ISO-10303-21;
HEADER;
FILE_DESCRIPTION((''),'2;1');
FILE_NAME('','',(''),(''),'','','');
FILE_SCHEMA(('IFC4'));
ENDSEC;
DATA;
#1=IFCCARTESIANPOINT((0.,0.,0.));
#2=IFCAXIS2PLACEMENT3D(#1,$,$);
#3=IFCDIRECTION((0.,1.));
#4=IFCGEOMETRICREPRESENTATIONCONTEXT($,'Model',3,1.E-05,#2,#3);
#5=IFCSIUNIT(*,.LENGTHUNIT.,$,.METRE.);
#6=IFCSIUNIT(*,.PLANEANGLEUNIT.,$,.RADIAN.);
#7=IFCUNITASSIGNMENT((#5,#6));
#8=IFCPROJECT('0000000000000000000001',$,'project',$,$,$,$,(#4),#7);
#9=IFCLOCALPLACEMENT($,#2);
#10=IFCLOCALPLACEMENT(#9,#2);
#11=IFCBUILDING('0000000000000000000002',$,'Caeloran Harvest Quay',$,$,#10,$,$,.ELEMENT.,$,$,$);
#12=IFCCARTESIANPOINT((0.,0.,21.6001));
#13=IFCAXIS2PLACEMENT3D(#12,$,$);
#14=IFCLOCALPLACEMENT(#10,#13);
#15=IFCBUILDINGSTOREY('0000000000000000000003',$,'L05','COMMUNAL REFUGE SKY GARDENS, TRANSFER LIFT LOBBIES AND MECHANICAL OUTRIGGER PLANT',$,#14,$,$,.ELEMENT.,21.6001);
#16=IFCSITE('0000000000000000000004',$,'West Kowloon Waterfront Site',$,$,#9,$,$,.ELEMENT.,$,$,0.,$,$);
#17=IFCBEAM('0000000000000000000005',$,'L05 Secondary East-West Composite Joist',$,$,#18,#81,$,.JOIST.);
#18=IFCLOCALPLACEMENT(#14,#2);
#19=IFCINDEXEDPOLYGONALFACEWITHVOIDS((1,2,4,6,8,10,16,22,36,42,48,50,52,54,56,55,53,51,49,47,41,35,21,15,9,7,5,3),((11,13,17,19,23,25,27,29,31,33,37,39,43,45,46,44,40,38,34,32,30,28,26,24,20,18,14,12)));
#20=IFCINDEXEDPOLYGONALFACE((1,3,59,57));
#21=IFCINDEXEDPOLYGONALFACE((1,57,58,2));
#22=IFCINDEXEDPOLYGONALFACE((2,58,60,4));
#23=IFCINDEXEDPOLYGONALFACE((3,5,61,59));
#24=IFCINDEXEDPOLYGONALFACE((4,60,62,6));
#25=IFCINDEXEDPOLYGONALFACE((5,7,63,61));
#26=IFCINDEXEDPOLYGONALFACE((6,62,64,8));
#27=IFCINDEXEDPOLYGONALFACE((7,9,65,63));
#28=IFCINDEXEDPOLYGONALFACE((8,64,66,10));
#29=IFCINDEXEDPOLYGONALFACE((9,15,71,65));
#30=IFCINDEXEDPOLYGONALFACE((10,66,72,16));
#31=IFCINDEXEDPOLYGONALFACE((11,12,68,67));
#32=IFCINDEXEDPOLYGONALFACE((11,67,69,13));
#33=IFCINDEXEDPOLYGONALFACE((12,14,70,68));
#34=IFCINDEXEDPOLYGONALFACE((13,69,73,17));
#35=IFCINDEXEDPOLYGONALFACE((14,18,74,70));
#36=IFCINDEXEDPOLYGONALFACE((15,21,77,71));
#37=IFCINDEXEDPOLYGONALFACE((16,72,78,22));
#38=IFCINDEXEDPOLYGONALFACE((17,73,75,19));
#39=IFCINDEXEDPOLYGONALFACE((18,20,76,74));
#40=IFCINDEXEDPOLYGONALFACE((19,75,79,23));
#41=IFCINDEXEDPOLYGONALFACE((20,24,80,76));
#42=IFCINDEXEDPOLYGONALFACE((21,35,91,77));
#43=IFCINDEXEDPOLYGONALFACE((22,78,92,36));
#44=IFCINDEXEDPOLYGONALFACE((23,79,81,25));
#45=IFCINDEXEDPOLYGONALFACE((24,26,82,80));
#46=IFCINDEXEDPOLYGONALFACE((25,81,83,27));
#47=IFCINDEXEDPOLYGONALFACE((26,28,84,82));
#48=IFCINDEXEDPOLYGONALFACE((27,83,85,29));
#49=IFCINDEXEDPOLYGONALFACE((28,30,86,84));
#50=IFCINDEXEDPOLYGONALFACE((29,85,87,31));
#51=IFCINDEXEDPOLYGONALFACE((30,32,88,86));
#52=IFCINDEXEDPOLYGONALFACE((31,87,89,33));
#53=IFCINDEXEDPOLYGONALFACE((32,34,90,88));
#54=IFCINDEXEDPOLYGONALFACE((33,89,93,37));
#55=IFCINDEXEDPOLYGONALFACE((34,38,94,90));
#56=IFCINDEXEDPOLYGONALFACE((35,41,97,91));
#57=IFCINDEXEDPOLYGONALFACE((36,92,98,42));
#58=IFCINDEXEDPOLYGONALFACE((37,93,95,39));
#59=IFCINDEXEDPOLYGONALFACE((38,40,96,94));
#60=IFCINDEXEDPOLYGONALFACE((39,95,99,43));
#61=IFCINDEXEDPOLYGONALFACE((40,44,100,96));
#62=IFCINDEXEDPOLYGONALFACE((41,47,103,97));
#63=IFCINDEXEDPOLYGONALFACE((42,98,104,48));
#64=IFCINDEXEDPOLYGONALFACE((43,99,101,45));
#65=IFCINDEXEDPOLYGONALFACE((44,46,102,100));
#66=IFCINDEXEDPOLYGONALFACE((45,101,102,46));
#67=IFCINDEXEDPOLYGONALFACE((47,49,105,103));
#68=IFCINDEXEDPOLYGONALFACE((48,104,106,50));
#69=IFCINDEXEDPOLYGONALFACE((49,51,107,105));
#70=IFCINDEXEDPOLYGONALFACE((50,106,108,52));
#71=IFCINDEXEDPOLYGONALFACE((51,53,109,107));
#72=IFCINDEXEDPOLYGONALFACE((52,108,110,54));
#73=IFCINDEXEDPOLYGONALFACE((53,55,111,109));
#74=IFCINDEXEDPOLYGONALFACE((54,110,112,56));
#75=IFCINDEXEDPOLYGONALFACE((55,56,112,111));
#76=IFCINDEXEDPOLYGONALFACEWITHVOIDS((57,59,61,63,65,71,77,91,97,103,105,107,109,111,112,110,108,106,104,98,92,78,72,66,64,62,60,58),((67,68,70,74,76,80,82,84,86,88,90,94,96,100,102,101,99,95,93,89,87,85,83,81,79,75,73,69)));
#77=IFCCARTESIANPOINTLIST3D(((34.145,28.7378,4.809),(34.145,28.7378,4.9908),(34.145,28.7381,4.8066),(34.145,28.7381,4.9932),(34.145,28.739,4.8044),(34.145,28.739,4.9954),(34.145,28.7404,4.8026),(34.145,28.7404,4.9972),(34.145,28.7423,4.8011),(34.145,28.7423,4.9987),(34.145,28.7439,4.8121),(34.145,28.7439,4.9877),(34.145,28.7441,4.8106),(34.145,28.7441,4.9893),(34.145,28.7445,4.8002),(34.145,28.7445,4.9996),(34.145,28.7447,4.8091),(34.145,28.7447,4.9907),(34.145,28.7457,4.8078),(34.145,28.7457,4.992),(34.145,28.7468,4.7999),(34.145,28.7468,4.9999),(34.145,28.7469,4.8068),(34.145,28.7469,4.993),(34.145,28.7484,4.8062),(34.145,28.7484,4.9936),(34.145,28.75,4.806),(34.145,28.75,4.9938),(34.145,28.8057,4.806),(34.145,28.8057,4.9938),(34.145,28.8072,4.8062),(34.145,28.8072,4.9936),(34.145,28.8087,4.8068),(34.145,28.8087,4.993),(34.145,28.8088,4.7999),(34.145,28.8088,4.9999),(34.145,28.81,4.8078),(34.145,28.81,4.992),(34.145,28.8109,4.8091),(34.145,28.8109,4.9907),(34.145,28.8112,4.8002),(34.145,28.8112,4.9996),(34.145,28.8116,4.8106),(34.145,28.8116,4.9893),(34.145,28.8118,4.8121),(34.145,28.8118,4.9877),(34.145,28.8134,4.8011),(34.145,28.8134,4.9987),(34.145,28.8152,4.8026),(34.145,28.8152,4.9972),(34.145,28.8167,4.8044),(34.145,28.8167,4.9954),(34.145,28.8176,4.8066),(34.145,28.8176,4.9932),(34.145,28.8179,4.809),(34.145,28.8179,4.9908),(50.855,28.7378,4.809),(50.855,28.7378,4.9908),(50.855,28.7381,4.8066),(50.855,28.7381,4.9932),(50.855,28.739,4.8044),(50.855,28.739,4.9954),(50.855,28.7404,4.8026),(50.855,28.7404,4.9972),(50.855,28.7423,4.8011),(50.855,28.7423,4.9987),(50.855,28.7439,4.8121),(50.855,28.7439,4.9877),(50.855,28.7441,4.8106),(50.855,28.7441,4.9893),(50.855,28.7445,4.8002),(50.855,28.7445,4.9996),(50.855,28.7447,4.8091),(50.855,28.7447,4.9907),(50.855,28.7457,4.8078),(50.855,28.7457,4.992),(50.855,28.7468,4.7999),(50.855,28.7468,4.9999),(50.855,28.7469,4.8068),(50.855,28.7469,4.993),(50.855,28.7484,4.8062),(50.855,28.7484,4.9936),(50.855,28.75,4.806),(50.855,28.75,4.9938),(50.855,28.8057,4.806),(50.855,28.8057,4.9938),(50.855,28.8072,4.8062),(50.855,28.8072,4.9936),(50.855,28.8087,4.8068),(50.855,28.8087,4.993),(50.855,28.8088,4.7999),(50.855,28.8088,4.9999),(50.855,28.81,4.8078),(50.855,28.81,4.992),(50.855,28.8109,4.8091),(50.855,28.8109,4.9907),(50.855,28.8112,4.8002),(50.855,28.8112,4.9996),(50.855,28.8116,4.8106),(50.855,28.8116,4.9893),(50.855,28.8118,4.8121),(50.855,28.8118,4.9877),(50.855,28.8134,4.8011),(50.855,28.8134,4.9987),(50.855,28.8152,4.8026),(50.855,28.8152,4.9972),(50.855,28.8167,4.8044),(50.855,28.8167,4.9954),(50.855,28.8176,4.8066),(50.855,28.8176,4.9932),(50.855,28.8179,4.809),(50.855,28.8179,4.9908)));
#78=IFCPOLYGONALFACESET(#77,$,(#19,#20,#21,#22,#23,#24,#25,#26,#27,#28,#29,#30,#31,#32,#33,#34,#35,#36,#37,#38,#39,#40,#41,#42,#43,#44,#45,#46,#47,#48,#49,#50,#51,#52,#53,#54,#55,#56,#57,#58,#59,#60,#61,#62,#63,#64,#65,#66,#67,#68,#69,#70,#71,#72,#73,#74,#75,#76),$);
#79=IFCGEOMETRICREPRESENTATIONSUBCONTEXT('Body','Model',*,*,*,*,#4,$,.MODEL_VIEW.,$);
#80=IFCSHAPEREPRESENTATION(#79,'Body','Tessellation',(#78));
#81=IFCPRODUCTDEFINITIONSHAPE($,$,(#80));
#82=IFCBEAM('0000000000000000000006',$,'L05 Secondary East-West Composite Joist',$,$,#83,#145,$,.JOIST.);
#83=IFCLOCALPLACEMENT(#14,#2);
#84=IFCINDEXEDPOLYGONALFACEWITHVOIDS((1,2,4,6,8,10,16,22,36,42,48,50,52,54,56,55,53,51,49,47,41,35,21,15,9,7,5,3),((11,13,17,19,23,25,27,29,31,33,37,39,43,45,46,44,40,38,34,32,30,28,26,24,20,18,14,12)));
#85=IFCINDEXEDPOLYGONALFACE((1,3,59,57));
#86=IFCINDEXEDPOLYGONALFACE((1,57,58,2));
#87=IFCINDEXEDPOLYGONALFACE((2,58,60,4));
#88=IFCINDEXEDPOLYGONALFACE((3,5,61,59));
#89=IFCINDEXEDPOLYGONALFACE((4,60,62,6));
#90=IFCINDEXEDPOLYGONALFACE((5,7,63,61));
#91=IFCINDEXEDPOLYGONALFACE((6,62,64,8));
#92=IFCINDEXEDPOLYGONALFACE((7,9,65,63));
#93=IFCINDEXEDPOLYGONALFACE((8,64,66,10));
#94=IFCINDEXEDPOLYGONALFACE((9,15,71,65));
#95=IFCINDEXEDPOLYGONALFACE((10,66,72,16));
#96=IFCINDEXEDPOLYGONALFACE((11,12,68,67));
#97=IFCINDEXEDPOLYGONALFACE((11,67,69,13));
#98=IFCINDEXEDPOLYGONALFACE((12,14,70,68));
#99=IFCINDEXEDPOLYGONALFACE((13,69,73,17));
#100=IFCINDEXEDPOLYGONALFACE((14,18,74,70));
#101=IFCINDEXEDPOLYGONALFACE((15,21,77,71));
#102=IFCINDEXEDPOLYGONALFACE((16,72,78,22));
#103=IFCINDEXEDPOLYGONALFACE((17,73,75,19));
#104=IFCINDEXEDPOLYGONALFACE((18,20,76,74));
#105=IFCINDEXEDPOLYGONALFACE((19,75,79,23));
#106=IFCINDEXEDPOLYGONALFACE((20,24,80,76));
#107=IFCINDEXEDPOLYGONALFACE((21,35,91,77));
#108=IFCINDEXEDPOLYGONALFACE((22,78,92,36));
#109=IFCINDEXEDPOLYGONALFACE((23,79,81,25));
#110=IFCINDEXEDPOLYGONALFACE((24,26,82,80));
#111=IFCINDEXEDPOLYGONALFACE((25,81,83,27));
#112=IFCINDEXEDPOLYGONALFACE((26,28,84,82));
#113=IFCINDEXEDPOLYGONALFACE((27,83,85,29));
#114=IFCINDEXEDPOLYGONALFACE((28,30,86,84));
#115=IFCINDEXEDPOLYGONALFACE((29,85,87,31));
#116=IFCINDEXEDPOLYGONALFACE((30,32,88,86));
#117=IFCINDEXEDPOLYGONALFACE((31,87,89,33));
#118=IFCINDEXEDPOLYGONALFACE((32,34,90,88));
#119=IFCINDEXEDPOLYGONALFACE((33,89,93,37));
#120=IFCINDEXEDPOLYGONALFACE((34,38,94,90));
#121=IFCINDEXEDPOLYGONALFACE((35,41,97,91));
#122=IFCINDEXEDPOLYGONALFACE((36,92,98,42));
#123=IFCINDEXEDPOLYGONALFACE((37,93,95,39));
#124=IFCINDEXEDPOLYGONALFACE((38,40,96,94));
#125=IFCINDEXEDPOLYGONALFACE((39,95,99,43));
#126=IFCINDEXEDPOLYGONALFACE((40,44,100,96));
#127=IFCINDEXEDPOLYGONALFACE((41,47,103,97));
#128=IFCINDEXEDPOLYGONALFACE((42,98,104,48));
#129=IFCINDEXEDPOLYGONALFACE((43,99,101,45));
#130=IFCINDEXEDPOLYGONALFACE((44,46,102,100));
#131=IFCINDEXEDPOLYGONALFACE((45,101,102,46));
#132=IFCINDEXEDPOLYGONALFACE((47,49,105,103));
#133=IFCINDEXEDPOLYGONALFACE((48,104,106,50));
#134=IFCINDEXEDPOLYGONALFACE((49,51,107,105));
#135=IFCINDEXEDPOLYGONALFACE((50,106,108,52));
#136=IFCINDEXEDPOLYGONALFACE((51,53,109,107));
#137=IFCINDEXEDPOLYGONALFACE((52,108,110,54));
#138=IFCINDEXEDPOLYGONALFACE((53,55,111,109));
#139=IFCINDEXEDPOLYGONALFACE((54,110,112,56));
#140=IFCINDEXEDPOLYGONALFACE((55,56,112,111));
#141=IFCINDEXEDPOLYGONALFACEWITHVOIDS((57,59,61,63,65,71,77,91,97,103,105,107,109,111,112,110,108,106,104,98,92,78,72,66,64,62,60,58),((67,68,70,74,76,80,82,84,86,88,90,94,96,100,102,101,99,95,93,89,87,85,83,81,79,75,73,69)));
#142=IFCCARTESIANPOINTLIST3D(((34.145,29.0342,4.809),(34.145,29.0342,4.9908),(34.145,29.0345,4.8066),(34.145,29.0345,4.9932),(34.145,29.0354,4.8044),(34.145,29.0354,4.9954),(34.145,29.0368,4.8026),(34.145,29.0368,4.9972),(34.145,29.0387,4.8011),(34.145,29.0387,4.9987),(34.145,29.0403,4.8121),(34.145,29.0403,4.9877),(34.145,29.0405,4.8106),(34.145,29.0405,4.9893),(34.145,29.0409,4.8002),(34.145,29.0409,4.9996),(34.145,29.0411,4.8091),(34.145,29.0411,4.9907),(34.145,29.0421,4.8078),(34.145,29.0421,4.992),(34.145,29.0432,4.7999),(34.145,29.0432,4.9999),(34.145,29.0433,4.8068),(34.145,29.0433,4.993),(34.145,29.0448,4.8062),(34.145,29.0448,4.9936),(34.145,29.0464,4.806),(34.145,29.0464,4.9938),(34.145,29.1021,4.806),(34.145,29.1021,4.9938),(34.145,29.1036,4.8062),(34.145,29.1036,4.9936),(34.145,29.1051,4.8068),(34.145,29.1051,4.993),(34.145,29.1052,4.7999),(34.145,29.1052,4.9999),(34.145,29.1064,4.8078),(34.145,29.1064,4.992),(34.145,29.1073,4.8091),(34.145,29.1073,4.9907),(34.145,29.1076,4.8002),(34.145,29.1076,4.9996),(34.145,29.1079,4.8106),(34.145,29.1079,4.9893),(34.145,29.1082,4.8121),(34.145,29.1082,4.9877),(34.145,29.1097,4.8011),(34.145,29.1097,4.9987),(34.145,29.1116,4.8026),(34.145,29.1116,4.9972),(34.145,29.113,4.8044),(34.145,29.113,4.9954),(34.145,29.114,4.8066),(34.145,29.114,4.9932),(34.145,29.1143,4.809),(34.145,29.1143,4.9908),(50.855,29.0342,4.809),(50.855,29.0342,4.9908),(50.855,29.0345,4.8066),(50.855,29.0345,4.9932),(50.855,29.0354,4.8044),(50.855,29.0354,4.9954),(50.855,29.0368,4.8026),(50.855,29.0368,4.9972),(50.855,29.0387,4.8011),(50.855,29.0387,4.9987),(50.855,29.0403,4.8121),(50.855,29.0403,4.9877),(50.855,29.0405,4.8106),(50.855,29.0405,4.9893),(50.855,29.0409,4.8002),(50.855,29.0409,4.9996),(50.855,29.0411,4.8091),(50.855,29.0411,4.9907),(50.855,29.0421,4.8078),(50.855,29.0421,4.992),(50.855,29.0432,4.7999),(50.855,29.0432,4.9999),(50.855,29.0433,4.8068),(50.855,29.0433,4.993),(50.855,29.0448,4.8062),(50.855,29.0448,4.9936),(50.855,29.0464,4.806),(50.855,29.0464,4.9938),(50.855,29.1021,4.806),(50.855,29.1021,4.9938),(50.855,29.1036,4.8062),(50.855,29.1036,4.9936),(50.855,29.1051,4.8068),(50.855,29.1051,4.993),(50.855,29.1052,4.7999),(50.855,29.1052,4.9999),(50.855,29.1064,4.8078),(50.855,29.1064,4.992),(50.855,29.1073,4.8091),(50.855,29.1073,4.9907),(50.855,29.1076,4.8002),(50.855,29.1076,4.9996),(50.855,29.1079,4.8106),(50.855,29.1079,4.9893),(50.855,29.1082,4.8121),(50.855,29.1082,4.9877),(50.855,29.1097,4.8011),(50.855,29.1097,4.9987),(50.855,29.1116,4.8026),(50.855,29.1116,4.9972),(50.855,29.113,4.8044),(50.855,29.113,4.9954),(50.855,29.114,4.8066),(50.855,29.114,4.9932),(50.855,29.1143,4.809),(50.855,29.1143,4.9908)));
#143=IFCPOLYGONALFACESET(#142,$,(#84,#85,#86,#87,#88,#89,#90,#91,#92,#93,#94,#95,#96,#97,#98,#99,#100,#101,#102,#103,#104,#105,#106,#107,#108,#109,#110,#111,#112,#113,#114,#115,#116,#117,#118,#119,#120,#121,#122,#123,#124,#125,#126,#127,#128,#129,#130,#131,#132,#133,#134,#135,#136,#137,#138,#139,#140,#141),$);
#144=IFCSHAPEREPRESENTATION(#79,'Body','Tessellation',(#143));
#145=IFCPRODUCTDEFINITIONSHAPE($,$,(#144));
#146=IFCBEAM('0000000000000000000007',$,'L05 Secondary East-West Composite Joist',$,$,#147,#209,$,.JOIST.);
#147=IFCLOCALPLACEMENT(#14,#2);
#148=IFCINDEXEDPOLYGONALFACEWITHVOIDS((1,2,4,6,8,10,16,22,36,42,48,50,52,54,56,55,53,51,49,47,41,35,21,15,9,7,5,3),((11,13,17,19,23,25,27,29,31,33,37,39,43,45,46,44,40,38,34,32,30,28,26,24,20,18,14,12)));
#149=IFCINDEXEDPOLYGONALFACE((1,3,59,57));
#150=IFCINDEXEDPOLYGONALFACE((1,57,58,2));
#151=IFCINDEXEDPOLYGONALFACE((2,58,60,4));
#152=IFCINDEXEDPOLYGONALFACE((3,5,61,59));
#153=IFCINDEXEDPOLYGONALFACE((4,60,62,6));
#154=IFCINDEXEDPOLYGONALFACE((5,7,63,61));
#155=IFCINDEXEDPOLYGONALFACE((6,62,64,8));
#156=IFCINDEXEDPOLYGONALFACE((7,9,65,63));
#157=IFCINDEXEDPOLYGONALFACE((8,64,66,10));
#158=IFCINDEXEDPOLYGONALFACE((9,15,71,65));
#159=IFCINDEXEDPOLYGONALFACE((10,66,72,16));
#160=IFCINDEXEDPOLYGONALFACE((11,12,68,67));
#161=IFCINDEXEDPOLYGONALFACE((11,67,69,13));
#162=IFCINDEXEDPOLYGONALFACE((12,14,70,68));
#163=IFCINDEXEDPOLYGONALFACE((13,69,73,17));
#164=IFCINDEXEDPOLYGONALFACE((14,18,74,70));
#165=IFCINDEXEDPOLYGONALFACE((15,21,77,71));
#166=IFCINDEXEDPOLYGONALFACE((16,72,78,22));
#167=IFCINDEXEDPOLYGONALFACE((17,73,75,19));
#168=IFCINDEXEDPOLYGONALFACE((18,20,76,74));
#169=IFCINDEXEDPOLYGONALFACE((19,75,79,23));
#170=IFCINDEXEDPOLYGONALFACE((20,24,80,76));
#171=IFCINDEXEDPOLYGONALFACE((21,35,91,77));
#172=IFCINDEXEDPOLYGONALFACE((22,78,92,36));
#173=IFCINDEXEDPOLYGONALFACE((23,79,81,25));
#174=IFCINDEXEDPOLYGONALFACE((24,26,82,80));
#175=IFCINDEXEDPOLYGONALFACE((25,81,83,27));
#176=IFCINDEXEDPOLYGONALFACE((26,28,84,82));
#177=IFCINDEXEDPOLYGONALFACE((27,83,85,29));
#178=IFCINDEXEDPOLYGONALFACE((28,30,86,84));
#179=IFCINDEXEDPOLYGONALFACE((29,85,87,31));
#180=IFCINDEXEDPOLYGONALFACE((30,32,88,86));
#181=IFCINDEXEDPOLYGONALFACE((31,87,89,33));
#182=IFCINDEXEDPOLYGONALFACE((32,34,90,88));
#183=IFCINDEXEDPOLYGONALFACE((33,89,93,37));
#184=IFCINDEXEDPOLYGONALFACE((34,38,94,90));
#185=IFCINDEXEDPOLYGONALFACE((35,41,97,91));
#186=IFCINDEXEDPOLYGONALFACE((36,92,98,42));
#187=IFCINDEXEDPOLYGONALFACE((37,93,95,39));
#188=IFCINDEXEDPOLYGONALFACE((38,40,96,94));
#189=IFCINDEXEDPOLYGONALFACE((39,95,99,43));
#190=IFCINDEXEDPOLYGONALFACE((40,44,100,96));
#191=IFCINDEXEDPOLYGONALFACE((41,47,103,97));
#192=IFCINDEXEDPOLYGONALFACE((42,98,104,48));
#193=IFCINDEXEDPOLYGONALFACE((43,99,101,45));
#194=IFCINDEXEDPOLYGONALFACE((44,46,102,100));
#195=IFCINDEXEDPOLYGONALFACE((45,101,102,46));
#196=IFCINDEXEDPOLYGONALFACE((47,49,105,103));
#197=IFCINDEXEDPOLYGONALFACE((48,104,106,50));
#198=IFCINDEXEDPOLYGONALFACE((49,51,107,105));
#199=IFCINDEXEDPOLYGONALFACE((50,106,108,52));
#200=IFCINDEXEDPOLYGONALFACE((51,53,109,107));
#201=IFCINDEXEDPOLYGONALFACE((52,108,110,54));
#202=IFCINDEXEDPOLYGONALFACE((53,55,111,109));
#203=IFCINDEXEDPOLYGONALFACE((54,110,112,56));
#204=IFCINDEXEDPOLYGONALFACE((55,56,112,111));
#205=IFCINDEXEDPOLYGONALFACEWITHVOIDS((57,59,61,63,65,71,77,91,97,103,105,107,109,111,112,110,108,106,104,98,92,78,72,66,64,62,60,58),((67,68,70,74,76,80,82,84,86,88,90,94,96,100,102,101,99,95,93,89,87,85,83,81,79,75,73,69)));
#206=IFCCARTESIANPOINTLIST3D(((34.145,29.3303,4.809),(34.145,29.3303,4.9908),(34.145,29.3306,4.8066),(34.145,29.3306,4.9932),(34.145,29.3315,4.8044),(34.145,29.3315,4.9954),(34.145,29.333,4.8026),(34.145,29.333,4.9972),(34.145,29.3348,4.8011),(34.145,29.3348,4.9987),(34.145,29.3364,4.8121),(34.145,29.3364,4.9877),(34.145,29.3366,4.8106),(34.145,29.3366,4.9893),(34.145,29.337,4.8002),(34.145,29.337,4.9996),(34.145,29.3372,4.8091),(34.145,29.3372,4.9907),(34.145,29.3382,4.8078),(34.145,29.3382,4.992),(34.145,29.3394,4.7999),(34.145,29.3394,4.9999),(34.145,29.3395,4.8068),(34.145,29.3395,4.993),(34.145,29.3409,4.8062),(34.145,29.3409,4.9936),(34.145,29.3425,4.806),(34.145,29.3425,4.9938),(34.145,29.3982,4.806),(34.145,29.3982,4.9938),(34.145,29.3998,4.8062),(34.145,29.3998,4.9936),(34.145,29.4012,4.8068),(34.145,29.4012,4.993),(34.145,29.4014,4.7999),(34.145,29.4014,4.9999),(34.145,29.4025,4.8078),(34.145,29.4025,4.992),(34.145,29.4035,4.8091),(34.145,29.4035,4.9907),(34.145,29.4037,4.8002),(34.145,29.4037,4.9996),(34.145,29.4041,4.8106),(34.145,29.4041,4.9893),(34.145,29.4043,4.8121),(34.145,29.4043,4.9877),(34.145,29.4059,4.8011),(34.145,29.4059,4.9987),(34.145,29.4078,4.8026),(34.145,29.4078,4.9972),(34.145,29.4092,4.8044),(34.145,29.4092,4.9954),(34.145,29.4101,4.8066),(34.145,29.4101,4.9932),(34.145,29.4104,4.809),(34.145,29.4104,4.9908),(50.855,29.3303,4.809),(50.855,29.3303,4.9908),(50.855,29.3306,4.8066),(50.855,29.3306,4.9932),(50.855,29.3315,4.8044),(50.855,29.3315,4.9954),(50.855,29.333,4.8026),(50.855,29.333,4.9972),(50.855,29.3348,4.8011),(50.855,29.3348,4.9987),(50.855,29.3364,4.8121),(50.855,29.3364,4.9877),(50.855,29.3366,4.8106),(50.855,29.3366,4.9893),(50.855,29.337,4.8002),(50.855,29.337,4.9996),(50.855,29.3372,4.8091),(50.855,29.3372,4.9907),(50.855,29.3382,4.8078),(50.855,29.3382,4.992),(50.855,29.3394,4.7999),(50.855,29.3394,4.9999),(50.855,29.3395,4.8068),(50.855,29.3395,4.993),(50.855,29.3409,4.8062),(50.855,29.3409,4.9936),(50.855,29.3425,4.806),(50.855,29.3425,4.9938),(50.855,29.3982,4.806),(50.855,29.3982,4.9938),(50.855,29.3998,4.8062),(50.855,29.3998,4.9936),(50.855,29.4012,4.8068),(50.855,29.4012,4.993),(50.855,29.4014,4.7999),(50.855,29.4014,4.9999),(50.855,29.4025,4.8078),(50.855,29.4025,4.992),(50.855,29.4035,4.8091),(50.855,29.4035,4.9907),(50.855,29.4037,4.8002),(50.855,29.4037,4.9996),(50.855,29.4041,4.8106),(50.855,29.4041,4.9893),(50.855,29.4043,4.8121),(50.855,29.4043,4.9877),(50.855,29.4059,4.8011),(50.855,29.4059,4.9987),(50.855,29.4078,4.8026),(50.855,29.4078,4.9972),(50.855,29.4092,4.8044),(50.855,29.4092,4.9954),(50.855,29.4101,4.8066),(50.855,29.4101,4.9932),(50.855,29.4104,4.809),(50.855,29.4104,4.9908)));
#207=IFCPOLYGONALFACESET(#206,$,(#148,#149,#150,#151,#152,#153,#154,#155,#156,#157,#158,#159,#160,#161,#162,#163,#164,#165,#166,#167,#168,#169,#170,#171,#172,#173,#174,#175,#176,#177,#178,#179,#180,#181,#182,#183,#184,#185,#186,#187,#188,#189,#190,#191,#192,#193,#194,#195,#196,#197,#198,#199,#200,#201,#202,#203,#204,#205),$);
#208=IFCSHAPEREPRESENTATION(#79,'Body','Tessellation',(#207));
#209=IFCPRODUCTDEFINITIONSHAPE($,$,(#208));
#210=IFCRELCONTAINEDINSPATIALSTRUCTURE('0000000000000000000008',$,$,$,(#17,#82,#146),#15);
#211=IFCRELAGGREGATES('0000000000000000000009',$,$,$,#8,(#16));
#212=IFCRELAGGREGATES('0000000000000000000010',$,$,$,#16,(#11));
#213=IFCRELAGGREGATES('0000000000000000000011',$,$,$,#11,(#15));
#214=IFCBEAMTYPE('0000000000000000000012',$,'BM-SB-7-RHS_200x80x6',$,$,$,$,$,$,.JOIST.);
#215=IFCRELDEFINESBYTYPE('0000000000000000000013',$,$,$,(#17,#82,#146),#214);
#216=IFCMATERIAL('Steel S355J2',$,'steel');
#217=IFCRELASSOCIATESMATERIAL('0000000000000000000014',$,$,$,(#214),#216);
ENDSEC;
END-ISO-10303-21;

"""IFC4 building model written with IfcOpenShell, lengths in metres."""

from ifc_helpers import new_model, si_unit, direction, frame, origin, origin_2d, place, context, subcontext, project, spatial, hollow_rectangle, extrude, material, material_profile, profile_set, type_object, element, save


model = new_model("IFC4")

# Units and contexts
model_context = context("Model", 3, precision=1e-05, world=origin(), true_north=direction((0.0, 1.0)))
body_context = subcontext(model_context, "Body", "Model", "MODEL_VIEW")
ifc_project = project(units=[si_unit("LENGTHUNIT", "METRE"), si_unit("PLANEANGLEUNIT", "RADIAN")], contexts=[model_context])

# Site, building, storey
site_placement = place(None, origin())
site = spatial("IfcSite", under=ifc_project, at=site_placement, Name="West Kowloon Waterfront Site", CompositionType="ELEMENT", RefElevation=0.0)
building_placement = place(site_placement, origin())
building = spatial("IfcBuilding", under=site, at=building_placement, Name="Caeloran Harvest Quay", CompositionType="ELEMENT")
storey_placement = place(building_placement, frame((0.0, 0.0, 21.6001)))
storey = spatial("IfcBuildingStorey", under=building, at=storey_placement, Name="L05", Description="COMMUNAL REFUGE SKY GARDENS, TRANSFER LIFT LOBBIES AND MECHANICAL OUTRIGGER PLANT", CompositionType="ELEMENT", Elevation=21.6001)

# Beams
ifc_material_1 = material(Name="Steel S355J2", Category="steel")
ifc_material_profile_1 = material_profile(ifc_material_1, hollow_rectangle(XDim=0.0801, YDim=0.2, WallThickness=0.0061, InnerFilletRadius=0.0061, OuterFilletRadius=0.009, at=origin_2d()), Name="RHS 200x80x6")
ifc_profile_set_1 = profile_set([ifc_material_profile_1], Name="Steel S355J2")
beam_type_1 = type_object("IfcBeamType", Name="BM-SB-7-RHS_200x80x6", PredefinedType="JOIST", material=ifc_profile_set_1)
for number, where, z_axis, x_axis, name in (
    (1, (34.145, 28.7778, 4.8999), (1.0, 0.0, 0.0), (0.0, 1.0, 0.0), "L05 Secondary East-West Composite Joist"),
    (2, (34.145, 29.0742, 4.8999), (1.0, 0.0, 0.0), (0.0, 1.0, 0.0), "L05 Secondary East-West Composite Joist"),
    (3, (34.145, 29.3704, 4.8999), (1.0, 0.0, 0.0), (0.0, 1.0, 0.0), "L05 Secondary East-West Composite Joist"),
):
    element("IfcBeam", number, at=place(storey_placement, frame(where, z_axis=z_axis, x_axis=x_axis)), inside=storey, type_object=beam_type_1, Name=name, PredefinedType="JOIST", context=body_context, shape_type="SweptSolid", body=[
        extrude(hollow_rectangle(XDim=0.0801, YDim=0.2, WallThickness=0.0061, InnerFilletRadius=0.0061, OuterFilletRadius=0.009, at=origin_2d()), origin(), (0.0, 0.0, 1.0), 16.71),
    ])

save(model, "model.ifc")
